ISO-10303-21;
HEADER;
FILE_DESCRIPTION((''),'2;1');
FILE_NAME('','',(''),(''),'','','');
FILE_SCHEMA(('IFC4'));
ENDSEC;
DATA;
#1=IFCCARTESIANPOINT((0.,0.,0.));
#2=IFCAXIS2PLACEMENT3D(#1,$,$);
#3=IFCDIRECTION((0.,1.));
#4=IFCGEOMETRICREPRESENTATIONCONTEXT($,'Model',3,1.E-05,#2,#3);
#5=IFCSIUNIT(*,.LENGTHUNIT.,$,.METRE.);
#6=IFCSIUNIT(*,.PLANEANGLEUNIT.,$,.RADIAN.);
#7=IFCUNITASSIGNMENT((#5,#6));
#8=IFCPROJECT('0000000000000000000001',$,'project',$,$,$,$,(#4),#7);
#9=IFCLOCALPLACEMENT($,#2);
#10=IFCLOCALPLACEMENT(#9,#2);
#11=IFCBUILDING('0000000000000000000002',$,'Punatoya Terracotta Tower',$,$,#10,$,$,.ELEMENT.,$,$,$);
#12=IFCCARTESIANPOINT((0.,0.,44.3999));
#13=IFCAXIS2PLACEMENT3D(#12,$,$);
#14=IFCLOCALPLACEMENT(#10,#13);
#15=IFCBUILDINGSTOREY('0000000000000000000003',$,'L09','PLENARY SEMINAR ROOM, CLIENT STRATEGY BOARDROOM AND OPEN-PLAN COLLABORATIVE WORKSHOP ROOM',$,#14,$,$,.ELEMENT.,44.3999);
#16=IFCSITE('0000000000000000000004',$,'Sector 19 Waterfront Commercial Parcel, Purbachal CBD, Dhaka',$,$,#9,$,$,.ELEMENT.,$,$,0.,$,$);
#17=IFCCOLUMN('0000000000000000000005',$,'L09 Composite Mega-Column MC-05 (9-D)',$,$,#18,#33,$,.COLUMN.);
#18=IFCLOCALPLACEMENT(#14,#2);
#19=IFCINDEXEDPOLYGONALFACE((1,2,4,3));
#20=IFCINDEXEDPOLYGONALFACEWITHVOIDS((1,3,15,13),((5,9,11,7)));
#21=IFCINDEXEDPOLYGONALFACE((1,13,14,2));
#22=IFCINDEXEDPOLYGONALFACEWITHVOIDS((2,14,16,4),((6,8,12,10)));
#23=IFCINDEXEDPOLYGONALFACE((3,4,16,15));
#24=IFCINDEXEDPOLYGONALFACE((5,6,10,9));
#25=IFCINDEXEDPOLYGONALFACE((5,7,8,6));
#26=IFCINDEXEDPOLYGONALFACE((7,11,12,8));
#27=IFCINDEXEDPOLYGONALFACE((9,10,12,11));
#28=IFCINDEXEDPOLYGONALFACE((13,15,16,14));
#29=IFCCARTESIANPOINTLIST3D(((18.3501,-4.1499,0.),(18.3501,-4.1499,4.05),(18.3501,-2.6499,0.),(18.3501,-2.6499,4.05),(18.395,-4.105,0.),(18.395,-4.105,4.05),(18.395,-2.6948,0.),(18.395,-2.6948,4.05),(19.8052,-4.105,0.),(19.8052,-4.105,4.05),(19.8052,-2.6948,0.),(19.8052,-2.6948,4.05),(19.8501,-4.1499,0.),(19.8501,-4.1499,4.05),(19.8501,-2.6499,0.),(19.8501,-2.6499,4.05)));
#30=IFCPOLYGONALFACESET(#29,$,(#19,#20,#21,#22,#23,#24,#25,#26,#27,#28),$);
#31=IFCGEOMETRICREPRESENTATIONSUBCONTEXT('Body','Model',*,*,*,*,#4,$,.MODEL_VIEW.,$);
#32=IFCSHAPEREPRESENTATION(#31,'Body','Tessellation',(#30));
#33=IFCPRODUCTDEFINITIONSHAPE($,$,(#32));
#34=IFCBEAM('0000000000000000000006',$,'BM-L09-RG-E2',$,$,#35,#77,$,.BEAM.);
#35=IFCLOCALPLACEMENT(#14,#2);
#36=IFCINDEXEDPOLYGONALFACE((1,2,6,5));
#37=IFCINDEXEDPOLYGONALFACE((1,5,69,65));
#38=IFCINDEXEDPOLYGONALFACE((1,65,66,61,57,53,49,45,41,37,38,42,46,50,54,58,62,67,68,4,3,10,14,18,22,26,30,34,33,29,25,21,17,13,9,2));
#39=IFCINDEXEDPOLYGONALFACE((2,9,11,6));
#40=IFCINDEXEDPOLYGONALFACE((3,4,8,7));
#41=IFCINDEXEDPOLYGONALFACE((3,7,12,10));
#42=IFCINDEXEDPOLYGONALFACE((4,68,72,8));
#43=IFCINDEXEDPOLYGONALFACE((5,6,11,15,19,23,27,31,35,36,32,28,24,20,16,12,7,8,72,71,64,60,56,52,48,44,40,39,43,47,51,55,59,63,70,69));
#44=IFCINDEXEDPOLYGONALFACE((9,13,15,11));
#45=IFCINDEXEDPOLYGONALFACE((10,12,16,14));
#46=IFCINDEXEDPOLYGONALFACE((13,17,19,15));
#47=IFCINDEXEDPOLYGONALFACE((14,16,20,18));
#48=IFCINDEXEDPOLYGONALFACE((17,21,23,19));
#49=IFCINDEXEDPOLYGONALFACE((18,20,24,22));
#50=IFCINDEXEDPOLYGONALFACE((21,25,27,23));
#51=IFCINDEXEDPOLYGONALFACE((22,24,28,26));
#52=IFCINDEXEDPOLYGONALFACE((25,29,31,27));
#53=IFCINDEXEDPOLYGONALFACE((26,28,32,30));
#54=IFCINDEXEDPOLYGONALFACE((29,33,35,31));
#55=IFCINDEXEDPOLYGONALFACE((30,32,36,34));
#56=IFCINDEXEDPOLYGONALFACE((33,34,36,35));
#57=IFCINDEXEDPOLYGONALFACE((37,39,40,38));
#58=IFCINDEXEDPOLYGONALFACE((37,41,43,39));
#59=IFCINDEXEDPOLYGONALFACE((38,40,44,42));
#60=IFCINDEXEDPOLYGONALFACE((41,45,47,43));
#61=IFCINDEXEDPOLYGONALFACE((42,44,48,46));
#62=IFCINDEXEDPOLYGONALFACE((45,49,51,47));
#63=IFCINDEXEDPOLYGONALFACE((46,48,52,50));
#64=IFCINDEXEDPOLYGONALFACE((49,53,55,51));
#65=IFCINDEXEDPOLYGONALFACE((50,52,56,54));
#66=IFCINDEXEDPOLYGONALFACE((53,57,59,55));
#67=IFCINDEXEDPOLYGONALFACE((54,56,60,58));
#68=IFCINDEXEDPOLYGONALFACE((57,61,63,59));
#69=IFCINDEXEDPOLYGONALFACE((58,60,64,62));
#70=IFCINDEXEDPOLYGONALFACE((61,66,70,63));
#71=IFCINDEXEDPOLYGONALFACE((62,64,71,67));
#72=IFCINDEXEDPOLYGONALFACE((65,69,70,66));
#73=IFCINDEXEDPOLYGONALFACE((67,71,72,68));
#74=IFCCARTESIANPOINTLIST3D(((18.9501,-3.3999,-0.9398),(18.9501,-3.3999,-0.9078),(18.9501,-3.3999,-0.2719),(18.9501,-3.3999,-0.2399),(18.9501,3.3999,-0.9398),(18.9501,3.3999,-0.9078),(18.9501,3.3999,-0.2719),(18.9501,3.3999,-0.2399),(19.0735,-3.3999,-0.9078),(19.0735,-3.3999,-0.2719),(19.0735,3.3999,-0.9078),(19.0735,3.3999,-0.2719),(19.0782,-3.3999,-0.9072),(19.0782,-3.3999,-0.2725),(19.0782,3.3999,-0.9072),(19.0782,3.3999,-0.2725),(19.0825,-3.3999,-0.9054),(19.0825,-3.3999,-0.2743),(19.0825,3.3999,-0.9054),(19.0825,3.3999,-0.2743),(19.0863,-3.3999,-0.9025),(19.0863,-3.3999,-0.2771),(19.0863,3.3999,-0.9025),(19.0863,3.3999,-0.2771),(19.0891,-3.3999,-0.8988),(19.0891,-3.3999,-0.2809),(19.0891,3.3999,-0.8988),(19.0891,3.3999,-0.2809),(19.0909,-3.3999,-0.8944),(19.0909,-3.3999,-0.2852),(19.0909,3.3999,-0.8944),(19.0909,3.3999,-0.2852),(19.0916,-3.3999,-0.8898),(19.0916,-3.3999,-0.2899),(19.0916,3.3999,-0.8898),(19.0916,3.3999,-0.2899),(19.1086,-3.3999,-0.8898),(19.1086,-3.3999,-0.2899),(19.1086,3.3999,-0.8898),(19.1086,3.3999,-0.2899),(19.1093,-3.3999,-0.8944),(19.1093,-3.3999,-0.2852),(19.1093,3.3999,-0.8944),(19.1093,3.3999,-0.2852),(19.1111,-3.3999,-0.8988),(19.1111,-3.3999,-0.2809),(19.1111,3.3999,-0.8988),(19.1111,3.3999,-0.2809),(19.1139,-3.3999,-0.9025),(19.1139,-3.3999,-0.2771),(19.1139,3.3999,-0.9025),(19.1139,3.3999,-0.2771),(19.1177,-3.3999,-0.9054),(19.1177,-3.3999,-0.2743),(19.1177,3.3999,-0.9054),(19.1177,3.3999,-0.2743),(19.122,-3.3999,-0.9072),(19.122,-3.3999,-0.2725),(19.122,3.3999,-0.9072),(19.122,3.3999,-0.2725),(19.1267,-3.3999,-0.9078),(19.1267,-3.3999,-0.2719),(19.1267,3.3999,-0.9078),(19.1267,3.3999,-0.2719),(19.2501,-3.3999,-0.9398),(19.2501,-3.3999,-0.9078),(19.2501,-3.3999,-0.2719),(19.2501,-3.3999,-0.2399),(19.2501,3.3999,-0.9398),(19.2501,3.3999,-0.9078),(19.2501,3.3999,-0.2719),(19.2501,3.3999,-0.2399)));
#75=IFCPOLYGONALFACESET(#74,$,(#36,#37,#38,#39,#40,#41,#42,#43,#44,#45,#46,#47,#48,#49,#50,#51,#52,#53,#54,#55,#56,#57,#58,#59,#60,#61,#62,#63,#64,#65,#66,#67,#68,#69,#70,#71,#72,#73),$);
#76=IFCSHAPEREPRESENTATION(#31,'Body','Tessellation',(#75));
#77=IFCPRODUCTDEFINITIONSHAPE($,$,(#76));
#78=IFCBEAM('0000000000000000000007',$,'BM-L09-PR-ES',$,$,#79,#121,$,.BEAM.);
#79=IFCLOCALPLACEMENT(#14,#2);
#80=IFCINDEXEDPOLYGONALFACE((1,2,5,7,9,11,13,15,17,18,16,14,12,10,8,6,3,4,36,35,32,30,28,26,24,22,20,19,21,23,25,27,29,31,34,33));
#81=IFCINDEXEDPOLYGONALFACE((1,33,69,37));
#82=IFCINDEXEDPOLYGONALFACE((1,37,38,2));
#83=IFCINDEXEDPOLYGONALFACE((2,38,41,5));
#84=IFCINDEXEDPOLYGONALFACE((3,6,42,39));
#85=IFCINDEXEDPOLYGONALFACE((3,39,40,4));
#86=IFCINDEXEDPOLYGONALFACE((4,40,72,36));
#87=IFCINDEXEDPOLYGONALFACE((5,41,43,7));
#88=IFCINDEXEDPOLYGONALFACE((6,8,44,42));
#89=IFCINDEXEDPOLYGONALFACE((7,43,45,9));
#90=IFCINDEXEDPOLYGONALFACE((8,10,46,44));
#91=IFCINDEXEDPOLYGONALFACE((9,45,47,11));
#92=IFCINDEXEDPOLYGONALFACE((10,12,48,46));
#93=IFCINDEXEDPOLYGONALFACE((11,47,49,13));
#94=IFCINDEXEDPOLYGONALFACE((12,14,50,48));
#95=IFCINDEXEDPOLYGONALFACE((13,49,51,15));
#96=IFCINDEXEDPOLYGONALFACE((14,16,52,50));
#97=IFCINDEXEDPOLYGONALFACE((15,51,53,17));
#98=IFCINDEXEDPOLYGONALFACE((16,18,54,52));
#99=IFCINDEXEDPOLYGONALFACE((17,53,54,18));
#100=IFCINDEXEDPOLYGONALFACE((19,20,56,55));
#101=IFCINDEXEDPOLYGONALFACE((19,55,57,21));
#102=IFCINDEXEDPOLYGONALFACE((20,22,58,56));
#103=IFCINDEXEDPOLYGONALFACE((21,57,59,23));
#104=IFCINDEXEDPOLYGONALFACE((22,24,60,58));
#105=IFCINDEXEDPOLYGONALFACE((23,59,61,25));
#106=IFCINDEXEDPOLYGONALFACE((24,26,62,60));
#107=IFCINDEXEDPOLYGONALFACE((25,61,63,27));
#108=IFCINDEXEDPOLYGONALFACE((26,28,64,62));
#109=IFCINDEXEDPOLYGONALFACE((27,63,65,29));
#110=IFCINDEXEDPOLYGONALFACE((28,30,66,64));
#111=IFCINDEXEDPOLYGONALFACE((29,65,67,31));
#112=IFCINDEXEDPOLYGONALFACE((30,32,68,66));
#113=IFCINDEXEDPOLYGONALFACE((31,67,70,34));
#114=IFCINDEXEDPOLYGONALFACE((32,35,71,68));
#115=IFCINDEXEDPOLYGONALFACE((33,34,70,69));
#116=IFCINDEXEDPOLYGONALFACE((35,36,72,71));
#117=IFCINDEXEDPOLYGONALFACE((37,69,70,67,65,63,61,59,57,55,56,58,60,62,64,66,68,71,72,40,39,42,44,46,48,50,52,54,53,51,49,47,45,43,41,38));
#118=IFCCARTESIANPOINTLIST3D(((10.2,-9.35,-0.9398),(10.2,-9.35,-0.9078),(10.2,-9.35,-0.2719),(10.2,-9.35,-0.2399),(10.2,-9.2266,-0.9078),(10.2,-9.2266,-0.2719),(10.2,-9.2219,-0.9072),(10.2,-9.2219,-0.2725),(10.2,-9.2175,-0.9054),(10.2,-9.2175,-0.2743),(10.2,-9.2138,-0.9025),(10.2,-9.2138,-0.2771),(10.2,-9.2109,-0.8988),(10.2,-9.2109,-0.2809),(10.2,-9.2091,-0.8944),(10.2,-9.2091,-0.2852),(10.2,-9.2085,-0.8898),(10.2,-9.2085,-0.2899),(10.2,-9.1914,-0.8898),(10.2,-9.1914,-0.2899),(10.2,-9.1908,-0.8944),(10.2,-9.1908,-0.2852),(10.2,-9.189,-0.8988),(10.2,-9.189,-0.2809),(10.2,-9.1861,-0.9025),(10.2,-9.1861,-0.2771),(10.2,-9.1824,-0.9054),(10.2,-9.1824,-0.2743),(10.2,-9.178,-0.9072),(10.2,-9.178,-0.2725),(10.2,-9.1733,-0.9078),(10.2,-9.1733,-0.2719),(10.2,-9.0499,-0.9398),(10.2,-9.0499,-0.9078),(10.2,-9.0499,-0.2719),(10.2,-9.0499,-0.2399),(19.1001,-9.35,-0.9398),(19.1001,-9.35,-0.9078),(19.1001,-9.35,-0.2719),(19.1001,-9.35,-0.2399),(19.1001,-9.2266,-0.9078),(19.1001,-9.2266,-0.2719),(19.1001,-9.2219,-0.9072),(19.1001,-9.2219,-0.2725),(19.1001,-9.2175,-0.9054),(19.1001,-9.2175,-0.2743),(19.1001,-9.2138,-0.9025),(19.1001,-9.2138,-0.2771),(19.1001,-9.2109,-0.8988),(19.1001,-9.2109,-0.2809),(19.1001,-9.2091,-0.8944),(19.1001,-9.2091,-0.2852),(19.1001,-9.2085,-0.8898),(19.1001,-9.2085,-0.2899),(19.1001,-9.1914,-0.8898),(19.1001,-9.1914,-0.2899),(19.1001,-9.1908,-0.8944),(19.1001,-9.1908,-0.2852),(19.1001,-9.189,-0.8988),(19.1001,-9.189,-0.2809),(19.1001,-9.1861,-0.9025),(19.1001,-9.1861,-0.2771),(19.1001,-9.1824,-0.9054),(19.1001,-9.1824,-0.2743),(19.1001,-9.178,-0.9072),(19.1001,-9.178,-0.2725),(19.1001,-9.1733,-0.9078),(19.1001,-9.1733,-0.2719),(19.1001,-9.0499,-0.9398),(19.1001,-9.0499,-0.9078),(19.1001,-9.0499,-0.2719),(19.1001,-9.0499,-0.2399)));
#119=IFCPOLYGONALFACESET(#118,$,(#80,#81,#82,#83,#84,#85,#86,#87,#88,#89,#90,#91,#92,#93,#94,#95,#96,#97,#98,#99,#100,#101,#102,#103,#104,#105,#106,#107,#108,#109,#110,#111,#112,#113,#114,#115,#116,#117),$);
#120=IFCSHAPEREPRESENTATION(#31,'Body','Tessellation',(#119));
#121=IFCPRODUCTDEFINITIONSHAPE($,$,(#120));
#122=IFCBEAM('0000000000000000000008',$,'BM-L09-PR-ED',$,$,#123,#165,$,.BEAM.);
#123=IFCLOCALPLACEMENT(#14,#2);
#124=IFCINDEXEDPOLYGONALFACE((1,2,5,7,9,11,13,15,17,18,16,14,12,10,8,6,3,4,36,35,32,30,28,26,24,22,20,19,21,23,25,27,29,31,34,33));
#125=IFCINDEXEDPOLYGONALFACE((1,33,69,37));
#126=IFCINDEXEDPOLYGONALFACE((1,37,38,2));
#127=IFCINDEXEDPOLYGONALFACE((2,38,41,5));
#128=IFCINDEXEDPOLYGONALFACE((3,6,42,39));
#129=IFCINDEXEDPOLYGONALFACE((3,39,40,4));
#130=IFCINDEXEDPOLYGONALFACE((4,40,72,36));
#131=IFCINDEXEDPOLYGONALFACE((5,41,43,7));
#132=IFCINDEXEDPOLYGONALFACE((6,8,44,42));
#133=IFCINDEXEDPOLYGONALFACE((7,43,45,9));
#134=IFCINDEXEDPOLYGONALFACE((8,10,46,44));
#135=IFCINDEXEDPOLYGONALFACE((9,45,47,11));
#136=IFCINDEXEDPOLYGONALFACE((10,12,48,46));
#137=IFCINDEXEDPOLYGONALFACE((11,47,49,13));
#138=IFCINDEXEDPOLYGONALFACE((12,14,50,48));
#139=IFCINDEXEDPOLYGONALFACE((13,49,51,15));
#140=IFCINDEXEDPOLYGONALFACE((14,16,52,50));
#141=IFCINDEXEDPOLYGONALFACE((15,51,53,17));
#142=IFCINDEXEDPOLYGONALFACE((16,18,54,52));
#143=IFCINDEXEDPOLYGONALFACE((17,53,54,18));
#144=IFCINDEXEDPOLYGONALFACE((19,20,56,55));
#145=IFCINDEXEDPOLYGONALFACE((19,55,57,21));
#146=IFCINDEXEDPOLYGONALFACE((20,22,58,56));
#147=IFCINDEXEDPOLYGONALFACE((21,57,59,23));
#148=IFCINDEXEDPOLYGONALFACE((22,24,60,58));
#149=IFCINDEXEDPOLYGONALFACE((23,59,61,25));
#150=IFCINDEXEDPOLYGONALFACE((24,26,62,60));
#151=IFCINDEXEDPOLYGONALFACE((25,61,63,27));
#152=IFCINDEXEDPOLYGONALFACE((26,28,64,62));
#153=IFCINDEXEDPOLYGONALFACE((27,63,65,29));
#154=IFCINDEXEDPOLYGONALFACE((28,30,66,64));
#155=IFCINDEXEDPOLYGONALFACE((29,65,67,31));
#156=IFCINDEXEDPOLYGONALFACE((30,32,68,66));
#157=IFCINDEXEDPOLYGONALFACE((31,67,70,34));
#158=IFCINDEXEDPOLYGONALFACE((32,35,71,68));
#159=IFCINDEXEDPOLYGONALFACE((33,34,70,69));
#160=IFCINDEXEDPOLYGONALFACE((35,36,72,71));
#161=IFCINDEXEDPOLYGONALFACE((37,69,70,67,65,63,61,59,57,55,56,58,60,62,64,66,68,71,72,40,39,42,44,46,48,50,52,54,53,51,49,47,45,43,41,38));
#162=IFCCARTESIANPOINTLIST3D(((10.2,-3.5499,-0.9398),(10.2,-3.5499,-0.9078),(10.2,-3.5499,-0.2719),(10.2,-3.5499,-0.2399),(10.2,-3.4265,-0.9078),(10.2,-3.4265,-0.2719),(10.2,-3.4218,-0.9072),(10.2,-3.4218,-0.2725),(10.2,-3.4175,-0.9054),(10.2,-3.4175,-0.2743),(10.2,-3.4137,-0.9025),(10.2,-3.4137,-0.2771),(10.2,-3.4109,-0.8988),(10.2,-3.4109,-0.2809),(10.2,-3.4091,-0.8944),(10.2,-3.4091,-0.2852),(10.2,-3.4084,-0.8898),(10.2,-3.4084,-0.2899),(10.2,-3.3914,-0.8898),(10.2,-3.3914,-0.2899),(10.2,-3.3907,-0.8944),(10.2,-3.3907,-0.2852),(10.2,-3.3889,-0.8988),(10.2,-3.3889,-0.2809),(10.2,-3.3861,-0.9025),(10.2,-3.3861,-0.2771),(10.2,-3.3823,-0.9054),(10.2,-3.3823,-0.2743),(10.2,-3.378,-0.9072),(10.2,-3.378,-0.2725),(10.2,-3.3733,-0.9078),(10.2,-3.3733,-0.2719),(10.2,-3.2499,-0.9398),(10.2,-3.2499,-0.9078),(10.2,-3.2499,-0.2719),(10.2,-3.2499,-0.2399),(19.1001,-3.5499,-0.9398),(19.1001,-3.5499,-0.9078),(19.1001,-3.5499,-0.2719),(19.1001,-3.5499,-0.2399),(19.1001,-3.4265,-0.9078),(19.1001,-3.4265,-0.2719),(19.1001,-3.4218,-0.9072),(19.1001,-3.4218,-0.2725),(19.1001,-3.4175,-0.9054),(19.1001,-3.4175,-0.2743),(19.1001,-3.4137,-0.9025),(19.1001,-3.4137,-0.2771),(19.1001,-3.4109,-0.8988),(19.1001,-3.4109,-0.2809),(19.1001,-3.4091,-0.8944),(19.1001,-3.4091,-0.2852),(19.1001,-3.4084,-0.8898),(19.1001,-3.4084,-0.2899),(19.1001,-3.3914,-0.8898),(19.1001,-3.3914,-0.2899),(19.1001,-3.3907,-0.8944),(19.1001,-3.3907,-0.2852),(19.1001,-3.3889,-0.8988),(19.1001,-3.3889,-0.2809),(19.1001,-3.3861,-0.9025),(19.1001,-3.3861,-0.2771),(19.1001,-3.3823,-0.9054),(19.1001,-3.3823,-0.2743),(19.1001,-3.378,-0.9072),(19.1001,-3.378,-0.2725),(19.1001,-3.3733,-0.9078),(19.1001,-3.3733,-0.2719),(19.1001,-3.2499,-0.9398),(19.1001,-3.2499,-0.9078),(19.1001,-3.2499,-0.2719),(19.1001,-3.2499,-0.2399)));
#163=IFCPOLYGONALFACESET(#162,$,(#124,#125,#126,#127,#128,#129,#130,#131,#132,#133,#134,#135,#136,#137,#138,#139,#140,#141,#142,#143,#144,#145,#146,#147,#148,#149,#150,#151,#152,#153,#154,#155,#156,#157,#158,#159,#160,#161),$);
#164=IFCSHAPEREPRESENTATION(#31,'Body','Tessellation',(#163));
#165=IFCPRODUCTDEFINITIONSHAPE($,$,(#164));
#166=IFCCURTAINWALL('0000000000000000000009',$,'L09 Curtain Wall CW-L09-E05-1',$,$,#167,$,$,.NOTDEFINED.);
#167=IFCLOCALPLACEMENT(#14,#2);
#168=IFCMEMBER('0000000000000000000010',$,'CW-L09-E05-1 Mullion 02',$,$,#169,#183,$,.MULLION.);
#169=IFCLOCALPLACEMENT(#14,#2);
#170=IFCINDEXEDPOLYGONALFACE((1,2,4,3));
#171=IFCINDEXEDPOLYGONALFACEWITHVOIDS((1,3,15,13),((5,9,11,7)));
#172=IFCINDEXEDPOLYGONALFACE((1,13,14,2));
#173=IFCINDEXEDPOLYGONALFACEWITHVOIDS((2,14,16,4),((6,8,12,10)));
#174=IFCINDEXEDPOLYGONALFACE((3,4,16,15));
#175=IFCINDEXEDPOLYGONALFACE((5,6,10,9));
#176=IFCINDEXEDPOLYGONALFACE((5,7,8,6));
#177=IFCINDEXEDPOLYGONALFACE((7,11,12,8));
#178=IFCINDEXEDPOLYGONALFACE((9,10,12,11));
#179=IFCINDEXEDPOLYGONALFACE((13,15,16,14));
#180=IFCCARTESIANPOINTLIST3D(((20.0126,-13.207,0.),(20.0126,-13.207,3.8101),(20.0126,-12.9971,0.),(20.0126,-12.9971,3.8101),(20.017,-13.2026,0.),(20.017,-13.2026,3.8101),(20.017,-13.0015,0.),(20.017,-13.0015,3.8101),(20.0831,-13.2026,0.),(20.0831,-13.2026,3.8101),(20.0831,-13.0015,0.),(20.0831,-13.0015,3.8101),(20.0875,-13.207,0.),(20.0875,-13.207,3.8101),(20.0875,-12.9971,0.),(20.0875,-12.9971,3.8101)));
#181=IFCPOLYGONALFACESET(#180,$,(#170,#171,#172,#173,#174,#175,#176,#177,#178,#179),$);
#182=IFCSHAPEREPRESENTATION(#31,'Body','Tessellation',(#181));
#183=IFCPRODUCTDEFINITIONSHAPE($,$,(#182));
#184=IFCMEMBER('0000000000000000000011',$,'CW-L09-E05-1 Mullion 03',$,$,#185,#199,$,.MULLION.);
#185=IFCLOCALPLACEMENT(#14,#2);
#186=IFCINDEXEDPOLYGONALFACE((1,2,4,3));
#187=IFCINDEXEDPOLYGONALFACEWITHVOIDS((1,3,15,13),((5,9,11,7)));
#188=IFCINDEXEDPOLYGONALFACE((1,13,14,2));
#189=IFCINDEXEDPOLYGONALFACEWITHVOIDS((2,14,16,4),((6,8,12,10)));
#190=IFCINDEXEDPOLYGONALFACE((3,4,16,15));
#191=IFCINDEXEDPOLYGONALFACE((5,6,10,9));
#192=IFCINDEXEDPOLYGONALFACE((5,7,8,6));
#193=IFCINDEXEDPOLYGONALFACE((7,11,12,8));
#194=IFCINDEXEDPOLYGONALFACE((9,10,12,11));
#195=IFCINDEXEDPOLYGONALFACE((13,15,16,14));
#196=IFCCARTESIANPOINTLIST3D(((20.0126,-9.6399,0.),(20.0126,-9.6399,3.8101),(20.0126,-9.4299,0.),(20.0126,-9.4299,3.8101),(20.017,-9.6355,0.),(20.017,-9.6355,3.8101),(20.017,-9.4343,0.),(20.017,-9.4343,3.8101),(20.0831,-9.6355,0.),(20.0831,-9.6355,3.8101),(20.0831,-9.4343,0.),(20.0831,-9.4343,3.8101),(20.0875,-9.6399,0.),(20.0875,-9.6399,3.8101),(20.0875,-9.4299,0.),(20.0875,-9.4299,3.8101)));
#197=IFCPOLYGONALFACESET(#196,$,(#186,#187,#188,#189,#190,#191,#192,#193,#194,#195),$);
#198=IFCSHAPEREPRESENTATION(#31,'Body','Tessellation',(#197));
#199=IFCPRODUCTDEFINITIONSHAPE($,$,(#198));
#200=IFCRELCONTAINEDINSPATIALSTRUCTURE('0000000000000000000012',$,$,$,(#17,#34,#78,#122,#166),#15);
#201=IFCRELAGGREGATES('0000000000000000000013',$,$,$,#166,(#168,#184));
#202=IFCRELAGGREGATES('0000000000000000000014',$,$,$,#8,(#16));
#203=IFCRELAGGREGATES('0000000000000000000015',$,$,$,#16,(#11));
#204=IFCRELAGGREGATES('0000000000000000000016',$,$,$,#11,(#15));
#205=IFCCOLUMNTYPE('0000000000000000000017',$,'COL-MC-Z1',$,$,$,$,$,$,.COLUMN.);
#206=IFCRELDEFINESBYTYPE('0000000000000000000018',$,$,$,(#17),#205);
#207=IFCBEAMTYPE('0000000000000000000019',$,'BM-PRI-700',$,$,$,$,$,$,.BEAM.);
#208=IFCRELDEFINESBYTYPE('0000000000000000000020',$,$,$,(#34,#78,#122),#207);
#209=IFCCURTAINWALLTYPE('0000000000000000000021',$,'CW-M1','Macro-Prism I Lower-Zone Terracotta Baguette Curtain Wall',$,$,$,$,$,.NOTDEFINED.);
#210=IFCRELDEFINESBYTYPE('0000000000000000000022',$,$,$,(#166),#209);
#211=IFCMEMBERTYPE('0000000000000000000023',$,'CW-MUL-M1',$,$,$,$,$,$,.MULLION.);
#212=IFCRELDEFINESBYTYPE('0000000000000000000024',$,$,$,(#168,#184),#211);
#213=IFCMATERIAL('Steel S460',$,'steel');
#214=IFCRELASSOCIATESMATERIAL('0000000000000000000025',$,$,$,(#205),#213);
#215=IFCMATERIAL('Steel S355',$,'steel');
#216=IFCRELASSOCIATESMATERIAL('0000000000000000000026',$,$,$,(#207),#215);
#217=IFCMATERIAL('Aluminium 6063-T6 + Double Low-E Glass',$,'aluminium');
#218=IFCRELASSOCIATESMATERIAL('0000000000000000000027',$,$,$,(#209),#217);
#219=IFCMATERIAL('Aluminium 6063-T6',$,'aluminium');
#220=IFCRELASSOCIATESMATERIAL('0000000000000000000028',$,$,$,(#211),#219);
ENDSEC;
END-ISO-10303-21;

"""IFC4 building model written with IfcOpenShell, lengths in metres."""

from ifc_helpers import new_model, si_unit, direction, frame, origin, origin_2d, place, context, subcontext, project, spatial, hollow_rectangle, i_section, extrude, material, material_profile, profile_set, type_object, element, aggregate, save


model = new_model("IFC4")

# Units and contexts
model_context = context("Model", 3, precision=1e-05, world=origin(), true_north=direction((0.0, 1.0)))
body_context = subcontext(model_context, "Body", "Model", "MODEL_VIEW")
ifc_project = project(units=[si_unit("LENGTHUNIT", "METRE"), si_unit("PLANEANGLEUNIT", "RADIAN")], contexts=[model_context])

# Site, building, storey
site_placement = place(None, origin())
site = spatial("IfcSite", under=ifc_project, at=site_placement, Name="Sector 19 Waterfront Commercial Parcel, Purbachal CBD, Dhaka", CompositionType="ELEMENT", RefElevation=0.0)
building_placement = place(site_placement, origin())
building = spatial("IfcBuilding", under=site, at=building_placement, Name="Punatoya Terracotta Tower", CompositionType="ELEMENT")
storey_placement = place(building_placement, frame((0.0, 0.0, 44.3999)))
storey = spatial("IfcBuildingStorey", under=building, at=storey_placement, Name="L09", Description="PLENARY SEMINAR ROOM, CLIENT STRATEGY BOARDROOM AND OPEN-PLAN COLLABORATIVE WORKSHOP ROOM", CompositionType="ELEMENT", Elevation=44.3999)

# Column
ifc_material_1 = material(Name="Steel S460", Category="steel")
ifc_material_profile_1 = material_profile(ifc_material_1, hollow_rectangle(XDim=1.5, YDim=1.5, WallThickness=0.0449, at=origin_2d()))
ifc_profile_set_1 = profile_set([ifc_material_profile_1], Name="Steel S460")
column_type = type_object("IfcColumnType", Name="COL-MC-Z1", PredefinedType="COLUMN", material=ifc_profile_set_1)
column_placement = place(storey_placement, frame((19.1001, -3.3999, 0.0), z_axis=(0.0, 0.0, 1.0), x_axis=(1.0, 0.0, 0.0)))
element("IfcColumn", 1, at=column_placement, inside=storey, type_object=column_type, Name="L09 Composite Mega-Column MC-05 (9-D)", PredefinedType="COLUMN", context=body_context, shape_type="SweptSolid", body=[
    extrude(hollow_rectangle(XDim=1.5, YDim=1.5, WallThickness=0.0449, at=origin_2d()), origin(), (0.0, 0.0, 1.0), 4.05),
])

# Beams
ifc_material_2 = material(Name="Steel S355", Category="steel")
ifc_material_profile_2 = material_profile(ifc_material_2, i_section(OverallWidth=0.3, OverallDepth=0.7, WebThickness=0.0171, FlangeThickness=0.032, FilletRadius=0.0181, at=origin_2d()))
ifc_profile_set_2 = profile_set([ifc_material_profile_2], Name="Steel S355")
beam_type = type_object("IfcBeamType", Name="BM-PRI-700", PredefinedType="BEAM", material=ifc_profile_set_2)
beam_placement = place(storey_placement, frame((19.1001, -3.3999, -0.5898), z_axis=(0.0, 1.0, 0.0), x_axis=(-1.0, 0.0, 0.0)))
element("IfcBeam", 2, at=beam_placement, inside=storey, type_object=beam_type, Name="BM-L09-RG-E2", PredefinedType="BEAM", context=body_context, shape_type="SweptSolid", body=[
    extrude(i_section(OverallWidth=0.3, OverallDepth=0.7, WebThickness=0.0171, FlangeThickness=0.032, FilletRadius=0.0181, at=origin_2d()), origin(), (0.0, 0.0, 1.0), 6.7998),
])
for number, where, z_axis, x_axis, name in (
    (3, (10.2, -9.2, -0.5898), (1.0, 0.0, 0.0), (0.0, 1.0, 0.0), "BM-L09-PR-ES"),
    (4, (10.2, -3.3999, -0.5898), (1.0, 0.0, 0.0), (0.0, 1.0, 0.0), "BM-L09-PR-ED"),
):
    element("IfcBeam", number, at=place(storey_placement, frame(where, z_axis=z_axis, x_axis=x_axis)), inside=storey, type_object=beam_type, Name=name, PredefinedType="BEAM", context=body_context, shape_type="SweptSolid", body=[
        extrude(i_section(OverallWidth=0.3, OverallDepth=0.7, WebThickness=0.0171, FlangeThickness=0.032, FilletRadius=0.0181, at=origin_2d()), origin(), (0.0, 0.0, 1.0), 8.9001),
    ])

# Curtain wall, members
ifc_material_3 = material(Name="Aluminium 6063-T6 + Double Low-E Glass", Category="aluminium")
curtain_wall_type = type_object("IfcCurtainWallType", Name="CW-M1", Description="Macro-Prism I Lower-Zone Terracotta Baguette Curtain Wall", PredefinedType="NOTDEFINED", material=ifc_material_3)
curtain_wall_placement = place(storey_placement, origin())
curtain_wall = element("IfcCurtainWall", 5, at=curtain_wall_placement, inside=storey, type_object=curtain_wall_type, Name="L09 Curtain Wall CW-L09-E05-1", PredefinedType="NOTDEFINED")
ifc_material_4 = material(Name="Aluminium 6063-T6", Category="aluminium")
ifc_material_profile_3 = material_profile(ifc_material_4, hollow_rectangle(XDim=0.075, YDim=0.21, WallThickness=0.0044, at=origin_2d()))
ifc_profile_set_3 = profile_set([ifc_material_profile_3], Name="Aluminium 6063-T6")
member_type = type_object("IfcMemberType", Name="CW-MUL-M1", PredefinedType="MULLION", material=ifc_profile_set_3)
member_1_placement = place(storey_placement, frame((20.05, -13.1021, 0.0), z_axis=(0.0, 0.0, 1.0), x_axis=(1.0, 0.0, 0.0)))
member_1 = element("IfcMember", 6, at=member_1_placement, type_object=member_type, Name="CW-L09-E05-1 Mullion 02", PredefinedType="MULLION", context=body_context, shape_type="SweptSolid", body=[
    extrude(hollow_rectangle(XDim=0.075, YDim=0.21, WallThickness=0.0044, at=origin_2d()), origin(), (0.0, 0.0, 1.0), 3.8101),
])
member_2_placement = place(storey_placement, frame((20.05, -9.5349, 0.0), z_axis=(0.0, 0.0, 1.0), x_axis=(1.0, 0.0, 0.0)))
member_2 = element("IfcMember", 7, at=member_2_placement, type_object=member_type, Name="CW-L09-E05-1 Mullion 03", PredefinedType="MULLION", context=body_context, shape_type="SweptSolid", body=[
    extrude(hollow_rectangle(XDim=0.075, YDim=0.21, WallThickness=0.0044, at=origin_2d()), origin(), (0.0, 0.0, 1.0), 3.8101),
])
aggregate(curtain_wall, [member_1, member_2])

save(model, "model.ifc")
